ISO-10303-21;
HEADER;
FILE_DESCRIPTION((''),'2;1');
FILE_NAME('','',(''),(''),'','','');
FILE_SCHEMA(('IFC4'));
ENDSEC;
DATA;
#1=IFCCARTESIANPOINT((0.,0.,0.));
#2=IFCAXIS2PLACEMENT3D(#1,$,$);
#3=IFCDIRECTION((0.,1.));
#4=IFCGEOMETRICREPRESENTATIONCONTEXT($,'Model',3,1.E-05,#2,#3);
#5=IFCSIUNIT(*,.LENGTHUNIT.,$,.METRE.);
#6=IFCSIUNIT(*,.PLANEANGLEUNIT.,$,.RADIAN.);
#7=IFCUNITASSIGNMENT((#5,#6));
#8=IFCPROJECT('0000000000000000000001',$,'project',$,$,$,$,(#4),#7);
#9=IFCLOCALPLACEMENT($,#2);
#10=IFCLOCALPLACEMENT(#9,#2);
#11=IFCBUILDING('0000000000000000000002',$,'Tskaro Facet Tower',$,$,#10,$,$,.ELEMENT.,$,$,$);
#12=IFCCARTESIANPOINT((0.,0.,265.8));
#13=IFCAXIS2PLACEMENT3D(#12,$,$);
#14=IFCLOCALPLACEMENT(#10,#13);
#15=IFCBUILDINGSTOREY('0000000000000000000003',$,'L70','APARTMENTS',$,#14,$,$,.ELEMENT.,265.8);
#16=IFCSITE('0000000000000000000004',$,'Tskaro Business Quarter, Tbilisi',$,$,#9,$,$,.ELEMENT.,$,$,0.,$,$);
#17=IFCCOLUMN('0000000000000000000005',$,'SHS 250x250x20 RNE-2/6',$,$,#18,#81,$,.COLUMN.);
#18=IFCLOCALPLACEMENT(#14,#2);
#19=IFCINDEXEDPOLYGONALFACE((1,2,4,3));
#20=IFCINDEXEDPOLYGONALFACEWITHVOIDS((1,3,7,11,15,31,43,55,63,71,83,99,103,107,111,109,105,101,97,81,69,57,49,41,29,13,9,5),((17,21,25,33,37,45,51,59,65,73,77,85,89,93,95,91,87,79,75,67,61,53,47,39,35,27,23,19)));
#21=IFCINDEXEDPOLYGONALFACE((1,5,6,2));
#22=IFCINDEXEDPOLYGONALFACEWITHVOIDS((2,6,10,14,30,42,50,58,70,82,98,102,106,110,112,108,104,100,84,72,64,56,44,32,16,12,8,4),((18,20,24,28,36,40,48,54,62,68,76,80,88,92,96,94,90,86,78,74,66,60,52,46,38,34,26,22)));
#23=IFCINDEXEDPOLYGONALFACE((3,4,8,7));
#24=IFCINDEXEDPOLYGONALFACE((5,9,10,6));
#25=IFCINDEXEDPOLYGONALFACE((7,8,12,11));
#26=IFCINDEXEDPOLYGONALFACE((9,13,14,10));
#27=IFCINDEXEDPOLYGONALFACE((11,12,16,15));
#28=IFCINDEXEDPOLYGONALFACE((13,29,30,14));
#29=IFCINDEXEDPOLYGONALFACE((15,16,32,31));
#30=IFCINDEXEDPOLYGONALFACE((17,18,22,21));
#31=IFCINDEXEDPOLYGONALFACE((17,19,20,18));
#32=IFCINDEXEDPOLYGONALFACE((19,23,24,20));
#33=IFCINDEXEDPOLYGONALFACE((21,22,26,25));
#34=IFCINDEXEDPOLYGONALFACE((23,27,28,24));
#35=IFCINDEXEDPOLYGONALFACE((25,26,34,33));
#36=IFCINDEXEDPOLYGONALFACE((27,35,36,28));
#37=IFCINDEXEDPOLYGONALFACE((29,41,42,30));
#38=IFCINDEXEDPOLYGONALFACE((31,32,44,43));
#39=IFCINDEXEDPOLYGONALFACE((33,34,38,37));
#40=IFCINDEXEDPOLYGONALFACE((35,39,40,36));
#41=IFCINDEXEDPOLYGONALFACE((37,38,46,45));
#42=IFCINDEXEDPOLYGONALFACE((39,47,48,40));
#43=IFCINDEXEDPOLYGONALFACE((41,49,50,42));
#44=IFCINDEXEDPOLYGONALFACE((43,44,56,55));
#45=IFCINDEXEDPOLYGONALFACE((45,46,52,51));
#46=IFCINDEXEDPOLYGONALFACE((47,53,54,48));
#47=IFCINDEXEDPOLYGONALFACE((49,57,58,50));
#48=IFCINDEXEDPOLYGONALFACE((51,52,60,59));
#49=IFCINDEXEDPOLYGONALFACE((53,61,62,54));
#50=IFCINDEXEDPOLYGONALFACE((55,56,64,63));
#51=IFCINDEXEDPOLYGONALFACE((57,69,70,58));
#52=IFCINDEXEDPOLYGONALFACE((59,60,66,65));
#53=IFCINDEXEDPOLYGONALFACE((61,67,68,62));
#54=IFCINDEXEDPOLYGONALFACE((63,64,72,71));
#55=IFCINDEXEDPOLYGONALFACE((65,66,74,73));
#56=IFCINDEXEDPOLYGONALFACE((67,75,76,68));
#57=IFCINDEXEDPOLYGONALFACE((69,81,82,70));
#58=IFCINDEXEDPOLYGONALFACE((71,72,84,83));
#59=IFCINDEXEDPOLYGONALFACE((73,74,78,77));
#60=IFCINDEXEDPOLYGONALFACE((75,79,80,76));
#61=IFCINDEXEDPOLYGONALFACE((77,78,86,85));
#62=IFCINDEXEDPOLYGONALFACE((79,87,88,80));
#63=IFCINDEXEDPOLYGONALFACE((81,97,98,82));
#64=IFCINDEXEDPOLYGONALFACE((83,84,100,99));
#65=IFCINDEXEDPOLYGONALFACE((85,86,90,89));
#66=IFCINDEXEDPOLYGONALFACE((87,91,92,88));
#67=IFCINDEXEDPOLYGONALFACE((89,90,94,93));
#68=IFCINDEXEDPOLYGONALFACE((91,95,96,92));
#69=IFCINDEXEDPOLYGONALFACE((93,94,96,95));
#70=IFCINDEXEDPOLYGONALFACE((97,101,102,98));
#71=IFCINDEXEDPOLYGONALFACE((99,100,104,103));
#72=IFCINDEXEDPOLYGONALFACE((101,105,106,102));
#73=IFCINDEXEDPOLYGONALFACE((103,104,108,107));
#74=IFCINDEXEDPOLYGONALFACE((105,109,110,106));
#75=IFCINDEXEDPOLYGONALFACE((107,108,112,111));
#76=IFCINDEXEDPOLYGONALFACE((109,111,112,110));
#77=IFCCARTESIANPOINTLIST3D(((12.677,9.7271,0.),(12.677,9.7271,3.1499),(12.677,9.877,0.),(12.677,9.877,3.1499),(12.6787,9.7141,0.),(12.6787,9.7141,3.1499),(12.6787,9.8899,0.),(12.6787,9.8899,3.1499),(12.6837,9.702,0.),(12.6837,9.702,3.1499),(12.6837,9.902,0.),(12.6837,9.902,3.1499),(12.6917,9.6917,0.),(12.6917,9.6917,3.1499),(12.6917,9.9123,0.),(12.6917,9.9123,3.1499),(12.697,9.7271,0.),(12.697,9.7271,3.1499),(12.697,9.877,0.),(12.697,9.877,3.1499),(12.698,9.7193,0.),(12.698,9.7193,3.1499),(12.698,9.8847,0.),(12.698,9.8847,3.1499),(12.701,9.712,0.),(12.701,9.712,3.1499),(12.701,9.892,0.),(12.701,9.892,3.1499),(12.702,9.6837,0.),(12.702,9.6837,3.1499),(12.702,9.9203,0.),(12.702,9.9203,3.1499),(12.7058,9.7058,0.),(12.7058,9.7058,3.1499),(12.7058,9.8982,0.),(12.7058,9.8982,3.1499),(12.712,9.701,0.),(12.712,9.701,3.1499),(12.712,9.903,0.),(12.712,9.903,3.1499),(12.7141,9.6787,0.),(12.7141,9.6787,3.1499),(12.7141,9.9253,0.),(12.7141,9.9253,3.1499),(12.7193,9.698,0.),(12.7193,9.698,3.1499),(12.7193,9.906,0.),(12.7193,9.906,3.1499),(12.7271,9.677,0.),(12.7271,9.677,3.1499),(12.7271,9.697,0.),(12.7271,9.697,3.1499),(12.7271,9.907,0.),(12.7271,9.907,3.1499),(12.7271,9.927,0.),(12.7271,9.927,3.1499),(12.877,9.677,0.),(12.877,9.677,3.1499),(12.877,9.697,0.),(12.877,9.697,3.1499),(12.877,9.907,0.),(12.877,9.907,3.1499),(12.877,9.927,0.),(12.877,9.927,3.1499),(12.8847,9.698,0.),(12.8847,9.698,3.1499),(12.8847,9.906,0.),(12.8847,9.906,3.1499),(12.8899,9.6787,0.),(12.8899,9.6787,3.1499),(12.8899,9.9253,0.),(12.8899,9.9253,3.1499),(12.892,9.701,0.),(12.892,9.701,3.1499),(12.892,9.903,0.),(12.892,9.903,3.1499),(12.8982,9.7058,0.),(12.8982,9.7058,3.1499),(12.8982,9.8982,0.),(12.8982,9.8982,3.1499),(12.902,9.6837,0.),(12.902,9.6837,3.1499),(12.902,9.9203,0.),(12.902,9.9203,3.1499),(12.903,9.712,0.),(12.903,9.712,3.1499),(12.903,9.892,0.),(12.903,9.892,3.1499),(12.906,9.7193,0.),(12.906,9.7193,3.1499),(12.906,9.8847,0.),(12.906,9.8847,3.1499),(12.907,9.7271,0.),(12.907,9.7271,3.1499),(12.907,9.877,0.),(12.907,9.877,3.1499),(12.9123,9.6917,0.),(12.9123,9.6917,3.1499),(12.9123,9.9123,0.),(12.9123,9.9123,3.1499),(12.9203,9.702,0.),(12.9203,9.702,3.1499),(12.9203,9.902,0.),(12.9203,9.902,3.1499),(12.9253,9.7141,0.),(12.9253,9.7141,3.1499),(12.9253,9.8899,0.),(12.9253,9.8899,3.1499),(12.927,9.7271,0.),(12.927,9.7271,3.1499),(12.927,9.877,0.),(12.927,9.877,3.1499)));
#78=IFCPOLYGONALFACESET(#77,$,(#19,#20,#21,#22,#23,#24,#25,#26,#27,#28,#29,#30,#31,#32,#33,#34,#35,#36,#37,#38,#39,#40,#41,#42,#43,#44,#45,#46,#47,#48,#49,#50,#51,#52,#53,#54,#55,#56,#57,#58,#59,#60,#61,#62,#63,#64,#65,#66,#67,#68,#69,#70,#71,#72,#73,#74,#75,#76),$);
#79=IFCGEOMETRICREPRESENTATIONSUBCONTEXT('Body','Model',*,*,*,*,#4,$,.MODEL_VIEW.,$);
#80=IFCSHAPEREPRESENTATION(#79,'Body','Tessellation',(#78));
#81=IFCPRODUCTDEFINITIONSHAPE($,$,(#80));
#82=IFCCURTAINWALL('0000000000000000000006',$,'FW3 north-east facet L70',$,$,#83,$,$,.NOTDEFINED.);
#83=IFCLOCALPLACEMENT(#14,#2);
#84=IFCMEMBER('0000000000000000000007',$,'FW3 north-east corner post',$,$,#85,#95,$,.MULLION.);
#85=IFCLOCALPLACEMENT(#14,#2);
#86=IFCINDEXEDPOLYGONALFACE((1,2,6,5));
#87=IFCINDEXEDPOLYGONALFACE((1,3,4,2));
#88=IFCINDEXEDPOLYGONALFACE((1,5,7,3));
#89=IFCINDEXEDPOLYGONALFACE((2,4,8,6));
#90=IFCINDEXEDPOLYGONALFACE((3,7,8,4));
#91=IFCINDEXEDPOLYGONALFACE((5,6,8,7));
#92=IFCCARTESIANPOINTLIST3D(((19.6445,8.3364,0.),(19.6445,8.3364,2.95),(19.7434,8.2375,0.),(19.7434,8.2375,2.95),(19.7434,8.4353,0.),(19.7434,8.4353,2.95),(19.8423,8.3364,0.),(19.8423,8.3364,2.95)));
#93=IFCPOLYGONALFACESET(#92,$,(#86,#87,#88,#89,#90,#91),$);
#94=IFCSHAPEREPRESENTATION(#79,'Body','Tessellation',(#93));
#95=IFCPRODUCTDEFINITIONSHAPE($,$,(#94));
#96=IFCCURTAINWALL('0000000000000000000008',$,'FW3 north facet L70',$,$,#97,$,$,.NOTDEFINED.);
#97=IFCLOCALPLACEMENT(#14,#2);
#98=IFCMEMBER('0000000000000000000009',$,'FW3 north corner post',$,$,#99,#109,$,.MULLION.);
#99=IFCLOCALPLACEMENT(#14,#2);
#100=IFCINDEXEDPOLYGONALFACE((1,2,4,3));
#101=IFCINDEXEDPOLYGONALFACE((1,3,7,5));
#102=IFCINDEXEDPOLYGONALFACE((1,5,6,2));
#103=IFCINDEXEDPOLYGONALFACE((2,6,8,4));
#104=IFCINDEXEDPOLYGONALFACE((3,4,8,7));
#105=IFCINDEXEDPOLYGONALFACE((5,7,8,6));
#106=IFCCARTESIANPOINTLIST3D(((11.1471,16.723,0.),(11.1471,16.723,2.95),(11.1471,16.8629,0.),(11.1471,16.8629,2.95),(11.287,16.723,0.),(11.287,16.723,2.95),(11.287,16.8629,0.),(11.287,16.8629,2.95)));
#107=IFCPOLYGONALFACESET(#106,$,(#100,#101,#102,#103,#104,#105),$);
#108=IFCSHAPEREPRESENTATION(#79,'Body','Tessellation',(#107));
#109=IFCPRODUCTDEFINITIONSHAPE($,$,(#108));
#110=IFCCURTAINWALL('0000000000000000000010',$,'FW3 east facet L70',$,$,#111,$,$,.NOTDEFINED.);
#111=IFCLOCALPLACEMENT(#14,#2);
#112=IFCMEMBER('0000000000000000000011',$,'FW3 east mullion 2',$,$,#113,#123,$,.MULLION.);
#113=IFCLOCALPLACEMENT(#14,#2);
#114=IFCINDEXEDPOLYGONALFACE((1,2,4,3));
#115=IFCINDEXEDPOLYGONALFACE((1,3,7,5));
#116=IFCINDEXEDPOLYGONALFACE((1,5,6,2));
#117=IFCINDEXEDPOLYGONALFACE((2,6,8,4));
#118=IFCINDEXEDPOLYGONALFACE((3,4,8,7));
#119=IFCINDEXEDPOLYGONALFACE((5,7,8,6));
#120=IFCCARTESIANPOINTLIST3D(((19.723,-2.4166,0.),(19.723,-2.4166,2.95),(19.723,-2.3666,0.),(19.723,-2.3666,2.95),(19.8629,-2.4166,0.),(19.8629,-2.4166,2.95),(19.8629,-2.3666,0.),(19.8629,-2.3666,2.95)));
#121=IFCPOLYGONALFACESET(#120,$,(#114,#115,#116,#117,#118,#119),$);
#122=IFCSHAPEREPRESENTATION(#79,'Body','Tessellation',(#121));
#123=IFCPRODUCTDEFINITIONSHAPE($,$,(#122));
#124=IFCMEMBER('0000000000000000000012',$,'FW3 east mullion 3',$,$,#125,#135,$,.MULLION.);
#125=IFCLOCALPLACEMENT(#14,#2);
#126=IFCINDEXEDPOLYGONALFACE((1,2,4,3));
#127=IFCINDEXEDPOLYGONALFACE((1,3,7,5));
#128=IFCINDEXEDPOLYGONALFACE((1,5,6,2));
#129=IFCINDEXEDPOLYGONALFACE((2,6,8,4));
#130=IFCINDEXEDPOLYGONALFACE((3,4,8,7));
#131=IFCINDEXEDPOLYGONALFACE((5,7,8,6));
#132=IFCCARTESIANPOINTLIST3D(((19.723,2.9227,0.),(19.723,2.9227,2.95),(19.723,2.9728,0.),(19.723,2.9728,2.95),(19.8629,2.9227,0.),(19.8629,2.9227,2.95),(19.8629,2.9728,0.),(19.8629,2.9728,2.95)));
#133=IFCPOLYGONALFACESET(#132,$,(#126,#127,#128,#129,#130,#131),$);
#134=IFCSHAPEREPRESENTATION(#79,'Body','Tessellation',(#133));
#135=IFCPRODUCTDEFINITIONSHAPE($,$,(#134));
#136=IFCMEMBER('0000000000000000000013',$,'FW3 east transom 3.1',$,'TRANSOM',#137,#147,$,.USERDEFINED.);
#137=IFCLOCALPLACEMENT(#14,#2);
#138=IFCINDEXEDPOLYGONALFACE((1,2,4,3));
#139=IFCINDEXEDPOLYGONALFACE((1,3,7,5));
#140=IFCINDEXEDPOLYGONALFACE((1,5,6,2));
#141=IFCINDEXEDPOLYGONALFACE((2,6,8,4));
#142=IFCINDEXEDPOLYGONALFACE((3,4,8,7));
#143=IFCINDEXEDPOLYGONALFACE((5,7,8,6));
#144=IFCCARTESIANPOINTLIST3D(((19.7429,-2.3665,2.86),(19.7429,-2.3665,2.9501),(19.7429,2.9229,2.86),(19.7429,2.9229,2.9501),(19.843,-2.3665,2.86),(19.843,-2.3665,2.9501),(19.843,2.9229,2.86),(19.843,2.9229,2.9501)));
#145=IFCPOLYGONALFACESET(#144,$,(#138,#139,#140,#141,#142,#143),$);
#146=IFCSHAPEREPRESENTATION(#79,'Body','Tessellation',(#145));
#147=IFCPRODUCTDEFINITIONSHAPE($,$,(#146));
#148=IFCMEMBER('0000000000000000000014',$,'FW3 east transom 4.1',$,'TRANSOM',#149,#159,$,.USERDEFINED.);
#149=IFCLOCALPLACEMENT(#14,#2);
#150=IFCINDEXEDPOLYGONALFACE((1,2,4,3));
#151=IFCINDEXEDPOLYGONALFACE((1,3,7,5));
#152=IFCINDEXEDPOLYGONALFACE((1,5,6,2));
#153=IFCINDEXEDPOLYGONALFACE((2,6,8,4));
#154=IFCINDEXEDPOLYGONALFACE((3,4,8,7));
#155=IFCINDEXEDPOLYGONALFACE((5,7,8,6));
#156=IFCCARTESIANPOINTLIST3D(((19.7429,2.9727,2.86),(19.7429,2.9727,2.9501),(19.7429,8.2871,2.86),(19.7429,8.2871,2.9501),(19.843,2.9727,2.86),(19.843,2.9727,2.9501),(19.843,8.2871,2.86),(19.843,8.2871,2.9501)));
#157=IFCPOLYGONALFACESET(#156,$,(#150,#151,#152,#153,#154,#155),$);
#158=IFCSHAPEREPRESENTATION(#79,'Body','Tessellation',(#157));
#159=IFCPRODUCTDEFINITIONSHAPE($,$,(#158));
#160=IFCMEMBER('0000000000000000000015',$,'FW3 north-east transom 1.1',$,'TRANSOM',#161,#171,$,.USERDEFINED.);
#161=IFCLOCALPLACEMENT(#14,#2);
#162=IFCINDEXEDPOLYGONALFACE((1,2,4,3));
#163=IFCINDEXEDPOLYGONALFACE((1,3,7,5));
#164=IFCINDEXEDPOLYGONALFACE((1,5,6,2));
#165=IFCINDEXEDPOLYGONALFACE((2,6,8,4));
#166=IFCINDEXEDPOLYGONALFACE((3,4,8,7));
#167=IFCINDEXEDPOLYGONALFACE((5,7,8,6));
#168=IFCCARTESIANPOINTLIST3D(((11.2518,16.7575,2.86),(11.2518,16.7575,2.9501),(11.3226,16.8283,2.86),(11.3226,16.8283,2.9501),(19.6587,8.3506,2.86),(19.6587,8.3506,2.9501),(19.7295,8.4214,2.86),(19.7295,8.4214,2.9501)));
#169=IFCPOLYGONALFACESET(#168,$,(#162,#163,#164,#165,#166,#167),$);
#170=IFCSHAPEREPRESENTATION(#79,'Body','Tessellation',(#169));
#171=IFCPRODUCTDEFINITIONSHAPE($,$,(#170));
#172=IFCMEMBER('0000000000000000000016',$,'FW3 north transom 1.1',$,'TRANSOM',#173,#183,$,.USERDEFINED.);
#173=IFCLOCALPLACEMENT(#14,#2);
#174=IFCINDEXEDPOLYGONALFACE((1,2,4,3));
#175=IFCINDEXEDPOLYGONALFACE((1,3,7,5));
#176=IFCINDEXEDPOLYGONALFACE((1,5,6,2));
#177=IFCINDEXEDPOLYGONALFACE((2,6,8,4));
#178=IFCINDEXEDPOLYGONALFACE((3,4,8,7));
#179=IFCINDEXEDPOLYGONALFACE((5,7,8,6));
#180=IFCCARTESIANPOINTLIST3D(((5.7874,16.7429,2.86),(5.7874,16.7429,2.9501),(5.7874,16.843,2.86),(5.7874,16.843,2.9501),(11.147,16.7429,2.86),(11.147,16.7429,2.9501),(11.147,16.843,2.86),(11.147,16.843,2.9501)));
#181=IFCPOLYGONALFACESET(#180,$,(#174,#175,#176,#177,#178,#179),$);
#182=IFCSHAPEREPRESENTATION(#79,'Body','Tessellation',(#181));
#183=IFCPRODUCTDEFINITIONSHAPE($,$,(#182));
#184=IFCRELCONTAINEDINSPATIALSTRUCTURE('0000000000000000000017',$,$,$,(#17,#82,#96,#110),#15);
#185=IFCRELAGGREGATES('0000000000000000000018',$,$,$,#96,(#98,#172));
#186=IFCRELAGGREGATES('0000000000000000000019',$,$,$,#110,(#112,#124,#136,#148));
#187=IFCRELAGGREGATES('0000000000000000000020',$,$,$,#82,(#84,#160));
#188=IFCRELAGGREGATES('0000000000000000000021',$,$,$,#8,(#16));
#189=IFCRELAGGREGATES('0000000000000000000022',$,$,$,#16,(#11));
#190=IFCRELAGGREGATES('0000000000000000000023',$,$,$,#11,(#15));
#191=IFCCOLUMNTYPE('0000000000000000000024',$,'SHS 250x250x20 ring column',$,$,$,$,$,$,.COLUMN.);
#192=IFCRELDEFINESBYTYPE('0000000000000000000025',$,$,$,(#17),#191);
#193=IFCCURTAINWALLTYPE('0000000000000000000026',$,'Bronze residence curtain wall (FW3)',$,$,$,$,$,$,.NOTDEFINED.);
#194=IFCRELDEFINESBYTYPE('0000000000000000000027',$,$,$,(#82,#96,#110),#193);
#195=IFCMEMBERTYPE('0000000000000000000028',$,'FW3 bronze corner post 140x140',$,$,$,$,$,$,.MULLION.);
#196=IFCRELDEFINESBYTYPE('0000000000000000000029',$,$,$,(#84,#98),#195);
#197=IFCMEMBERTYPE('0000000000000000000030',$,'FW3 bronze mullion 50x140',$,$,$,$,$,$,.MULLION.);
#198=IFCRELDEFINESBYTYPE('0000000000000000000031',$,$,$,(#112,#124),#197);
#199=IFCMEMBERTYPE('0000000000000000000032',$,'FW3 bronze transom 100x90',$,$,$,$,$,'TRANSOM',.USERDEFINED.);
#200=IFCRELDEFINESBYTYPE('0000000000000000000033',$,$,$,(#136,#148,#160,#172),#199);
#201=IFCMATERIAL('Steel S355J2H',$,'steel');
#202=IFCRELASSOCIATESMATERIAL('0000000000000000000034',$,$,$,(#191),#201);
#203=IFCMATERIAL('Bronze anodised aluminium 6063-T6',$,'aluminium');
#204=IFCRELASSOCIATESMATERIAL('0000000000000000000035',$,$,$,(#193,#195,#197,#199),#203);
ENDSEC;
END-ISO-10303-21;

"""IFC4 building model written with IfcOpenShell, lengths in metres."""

from ifc_helpers import new_model, si_unit, direction, frame, origin, origin_2d, place, context, subcontext, project, spatial, rectangle, hollow_rectangle, extrude, material, material_profile, profile_set, type_object, element, aggregate, save


model = new_model("IFC4")

# Units and contexts
model_context = context("Model", 3, precision=1e-05, world=origin(), true_north=direction((0.0, 1.0)))
body_context = subcontext(model_context, "Body", "Model", "MODEL_VIEW")
ifc_project = project(units=[si_unit("LENGTHUNIT", "METRE"), si_unit("PLANEANGLEUNIT", "RADIAN")], contexts=[model_context])

# Site, building, storey
site_placement = place(None, origin())
site = spatial("IfcSite", under=ifc_project, at=site_placement, Name="Tskaro Business Quarter, Tbilisi", CompositionType="ELEMENT", RefElevation=0.0)
building_placement = place(site_placement, origin())
building = spatial("IfcBuilding", under=site, at=building_placement, Name="Tskaro Facet Tower", CompositionType="ELEMENT")
storey_placement = place(building_placement, frame((0.0, 0.0, 265.8)))
storey = spatial("IfcBuildingStorey", under=building, at=storey_placement, Name="L70", Description="APARTMENTS", CompositionType="ELEMENT", Elevation=265.8)

# Column
ifc_material_1 = material(Name="Steel S355J2H", Category="steel")
ifc_material_profile_1 = material_profile(ifc_material_1, hollow_rectangle(XDim=0.25, YDim=0.25, WallThickness=0.02, InnerFilletRadius=0.03, OuterFilletRadius=0.05, at=origin_2d()), Name="SHS 250x250x20")
ifc_profile_set_1 = profile_set([ifc_material_profile_1], Name="Steel S355J2H")
column_type_1 = type_object("IfcColumnType", Name="SHS 250x250x20 ring column", PredefinedType="COLUMN", material=ifc_profile_set_1)
for number, where, z_axis, x_axis, name in (
    (1, (12.802, 9.802, 0.0), (0.0, 0.0, 1.0), (1.0, 0.0, 0.0), "SHS 250x250x20 RNE-2/6"),
):
    element("IfcColumn", number, at=place(storey_placement, frame(where, z_axis=z_axis, x_axis=x_axis)), inside=storey, type_object=column_type_1, Name=name, PredefinedType="COLUMN", context=body_context, shape_type="SweptSolid", body=[
        extrude(hollow_rectangle(XDim=0.25, YDim=0.25, WallThickness=0.02, InnerFilletRadius=0.03, OuterFilletRadius=0.05, at=origin_2d()), origin(), (0.0, 0.0, 1.0), 3.1499),
    ])

# Curtain walls, members
ifc_material_2 = material(Name="Bronze anodised aluminium 6063-T6", Category="aluminium")
curtain_wall_type = type_object("IfcCurtainWallType", Name="Bronze residence curtain wall (FW3)", PredefinedType="NOTDEFINED", material=ifc_material_2)
curtain_wall_1_placement = place(storey_placement, origin())
curtain_wall_1 = element("IfcCurtainWall", 2, at=curtain_wall_1_placement, inside=storey, type_object=curtain_wall_type, Name="FW3 north-east facet L70", PredefinedType="NOTDEFINED")
ifc_material_profile_2 = material_profile(ifc_material_2, rectangle(XDim=0.1399, YDim=0.1399, at=origin_2d()), Name="Corner post 140x140")
ifc_profile_set_2 = profile_set([ifc_material_profile_2], Name="Bronze anodised aluminium 6063-T6")
member_type_1 = type_object("IfcMemberType", Name="FW3 bronze corner post 140x140", PredefinedType="MULLION", material=ifc_profile_set_2)
member_1_placement = place(storey_placement, frame((19.7434, 8.3364, 0.0), z_axis=(0.0, 0.0, 1.0), x_axis=(-0.707107, 0.707107, 0.0)))
member_1 = element("IfcMember", 3, at=member_1_placement, type_object=member_type_1, Name="FW3 north-east corner post", PredefinedType="MULLION", context=body_context, shape_type="SweptSolid", body=[
    extrude(rectangle(XDim=0.1399, YDim=0.1399, at=origin_2d()), origin(), (0.0, 0.0, 1.0), 2.95),
])
curtain_wall_2_placement = place(storey_placement, origin())
curtain_wall_2 = element("IfcCurtainWall", 4, at=curtain_wall_2_placement, inside=storey, type_object=curtain_wall_type, Name="FW3 north facet L70", PredefinedType="NOTDEFINED")
member_2_placement = place(storey_placement, frame((11.217, 16.793, 0.0), z_axis=(0.0, 0.0, 1.0), x_axis=(-1.0, 0.0, 0.0)))
member_2 = element("IfcMember", 5, at=member_2_placement, type_object=member_type_1, Name="FW3 north corner post", PredefinedType="MULLION", context=body_context, shape_type="SweptSolid", body=[
    extrude(rectangle(XDim=0.1399, YDim=0.1399, at=origin_2d()), origin(), (0.0, 0.0, 1.0), 2.95),
])

# Curtain wall, members
curtain_wall_3_placement = place(storey_placement, origin())
curtain_wall_3 = element("IfcCurtainWall", 6, at=curtain_wall_3_placement, inside=storey, type_object=curtain_wall_type, Name="FW3 east facet L70", PredefinedType="NOTDEFINED")
ifc_material_profile_3 = material_profile(ifc_material_2, rectangle(XDim=0.05, YDim=0.1399, at=origin_2d()), Name="Mullion 50x140")
ifc_profile_set_3 = profile_set([ifc_material_profile_3], Name="Bronze anodised aluminium 6063-T6")
member_type_2 = type_object("IfcMemberType", Name="FW3 bronze mullion 50x140", PredefinedType="MULLION", material=ifc_profile_set_3)
member_3_placement = place(storey_placement, frame((19.793, -2.3916, 0.0), z_axis=(0.0, 0.0, 1.0), x_axis=(0.0, 1.0, 0.0)))
member_3 = element("IfcMember", 7, at=member_3_placement, type_object=member_type_2, Name="FW3 east mullion 2", PredefinedType="MULLION", context=body_context, shape_type="SweptSolid", body=[
    extrude(rectangle(XDim=0.05, YDim=0.1399, at=origin_2d()), origin(), (0.0, 0.0, 1.0), 2.95),
])
member_4_placement = place(storey_placement, frame((19.793, 2.9478, 0.0), z_axis=(0.0, 0.0, 1.0), x_axis=(0.0, 1.0, 0.0)))
member_4 = element("IfcMember", 8, at=member_4_placement, type_object=member_type_2, Name="FW3 east mullion 3", PredefinedType="MULLION", context=body_context, shape_type="SweptSolid", body=[
    extrude(rectangle(XDim=0.05, YDim=0.1399, at=origin_2d()), origin(), (0.0, 0.0, 1.0), 2.95),
])
ifc_material_profile_4 = material_profile(ifc_material_2, rectangle(XDim=0.1001, YDim=0.0901, at=origin_2d()), Name="Transom 100x90")
ifc_profile_set_4 = profile_set([ifc_material_profile_4], Name="Bronze anodised aluminium 6063-T6")
member_type_3 = type_object("IfcMemberType", Name="FW3 bronze transom 100x90", ElementType="TRANSOM", PredefinedType="USERDEFINED", material=ifc_profile_set_4)
member_5_placement = place(storey_placement, frame((19.793, -2.3665, 2.905), z_axis=(0.0, 1.0, 0.0), x_axis=(-1.0, 0.0, 0.0)))
member_5 = element("IfcMember", 9, at=member_5_placement, type_object=member_type_3, Name="FW3 east transom 3.1", ObjectType="TRANSOM", PredefinedType="USERDEFINED", context=body_context, shape_type="SweptSolid", body=[
    extrude(rectangle(XDim=0.1001, YDim=0.0901, at=origin_2d()), origin(), (0.0, 0.0, 1.0), 5.2893),
])
member_6_placement = place(storey_placement, frame((19.793, 2.9727, 2.905), z_axis=(0.0, 1.0, 0.0), x_axis=(-1.0, 0.0, 0.0)))
member_6 = element("IfcMember", 10, at=member_6_placement, type_object=member_type_3, Name="FW3 east transom 4.1", ObjectType="TRANSOM", PredefinedType="USERDEFINED", context=body_context, shape_type="SweptSolid", body=[
    extrude(rectangle(XDim=0.1001, YDim=0.0901, at=origin_2d()), origin(), (0.0, 0.0, 1.0), 5.3145),
])

# Members
member_7_placement = place(storey_placement, frame((19.6941, 8.386, 2.905), z_axis=(-0.707107, 0.707107, 0.0), x_axis=(-0.707107, -0.707107, 0.0)))
member_7 = element("IfcMember", 11, at=member_7_placement, type_object=member_type_3, Name="FW3 north-east transom 1.1", ObjectType="TRANSOM", PredefinedType="USERDEFINED", context=body_context, shape_type="SweptSolid", body=[
    extrude(rectangle(XDim=0.1001, YDim=0.0901, at=origin_2d()), origin(), (0.0, 0.0, 1.0), 11.8892),
])
member_8_placement = place(storey_placement, frame((11.147, 16.793, 2.905), z_axis=(-1.0, 0.0, 0.0), x_axis=(0.0, -1.0, 0.0)))
member_8 = element("IfcMember", 12, at=member_8_placement, type_object=member_type_3, Name="FW3 north transom 1.1", ObjectType="TRANSOM", PredefinedType="USERDEFINED", context=body_context, shape_type="SweptSolid", body=[
    extrude(rectangle(XDim=0.1001, YDim=0.0901, at=origin_2d()), origin(), (0.0, 0.0, 1.0), 5.3596),
])
aggregate(curtain_wall_2, [member_2, member_8])

aggregate(curtain_wall_3, [member_3, member_4, member_5, member_6])
aggregate(curtain_wall_1, [member_1, member_7])

save(model, "model.ifc")
